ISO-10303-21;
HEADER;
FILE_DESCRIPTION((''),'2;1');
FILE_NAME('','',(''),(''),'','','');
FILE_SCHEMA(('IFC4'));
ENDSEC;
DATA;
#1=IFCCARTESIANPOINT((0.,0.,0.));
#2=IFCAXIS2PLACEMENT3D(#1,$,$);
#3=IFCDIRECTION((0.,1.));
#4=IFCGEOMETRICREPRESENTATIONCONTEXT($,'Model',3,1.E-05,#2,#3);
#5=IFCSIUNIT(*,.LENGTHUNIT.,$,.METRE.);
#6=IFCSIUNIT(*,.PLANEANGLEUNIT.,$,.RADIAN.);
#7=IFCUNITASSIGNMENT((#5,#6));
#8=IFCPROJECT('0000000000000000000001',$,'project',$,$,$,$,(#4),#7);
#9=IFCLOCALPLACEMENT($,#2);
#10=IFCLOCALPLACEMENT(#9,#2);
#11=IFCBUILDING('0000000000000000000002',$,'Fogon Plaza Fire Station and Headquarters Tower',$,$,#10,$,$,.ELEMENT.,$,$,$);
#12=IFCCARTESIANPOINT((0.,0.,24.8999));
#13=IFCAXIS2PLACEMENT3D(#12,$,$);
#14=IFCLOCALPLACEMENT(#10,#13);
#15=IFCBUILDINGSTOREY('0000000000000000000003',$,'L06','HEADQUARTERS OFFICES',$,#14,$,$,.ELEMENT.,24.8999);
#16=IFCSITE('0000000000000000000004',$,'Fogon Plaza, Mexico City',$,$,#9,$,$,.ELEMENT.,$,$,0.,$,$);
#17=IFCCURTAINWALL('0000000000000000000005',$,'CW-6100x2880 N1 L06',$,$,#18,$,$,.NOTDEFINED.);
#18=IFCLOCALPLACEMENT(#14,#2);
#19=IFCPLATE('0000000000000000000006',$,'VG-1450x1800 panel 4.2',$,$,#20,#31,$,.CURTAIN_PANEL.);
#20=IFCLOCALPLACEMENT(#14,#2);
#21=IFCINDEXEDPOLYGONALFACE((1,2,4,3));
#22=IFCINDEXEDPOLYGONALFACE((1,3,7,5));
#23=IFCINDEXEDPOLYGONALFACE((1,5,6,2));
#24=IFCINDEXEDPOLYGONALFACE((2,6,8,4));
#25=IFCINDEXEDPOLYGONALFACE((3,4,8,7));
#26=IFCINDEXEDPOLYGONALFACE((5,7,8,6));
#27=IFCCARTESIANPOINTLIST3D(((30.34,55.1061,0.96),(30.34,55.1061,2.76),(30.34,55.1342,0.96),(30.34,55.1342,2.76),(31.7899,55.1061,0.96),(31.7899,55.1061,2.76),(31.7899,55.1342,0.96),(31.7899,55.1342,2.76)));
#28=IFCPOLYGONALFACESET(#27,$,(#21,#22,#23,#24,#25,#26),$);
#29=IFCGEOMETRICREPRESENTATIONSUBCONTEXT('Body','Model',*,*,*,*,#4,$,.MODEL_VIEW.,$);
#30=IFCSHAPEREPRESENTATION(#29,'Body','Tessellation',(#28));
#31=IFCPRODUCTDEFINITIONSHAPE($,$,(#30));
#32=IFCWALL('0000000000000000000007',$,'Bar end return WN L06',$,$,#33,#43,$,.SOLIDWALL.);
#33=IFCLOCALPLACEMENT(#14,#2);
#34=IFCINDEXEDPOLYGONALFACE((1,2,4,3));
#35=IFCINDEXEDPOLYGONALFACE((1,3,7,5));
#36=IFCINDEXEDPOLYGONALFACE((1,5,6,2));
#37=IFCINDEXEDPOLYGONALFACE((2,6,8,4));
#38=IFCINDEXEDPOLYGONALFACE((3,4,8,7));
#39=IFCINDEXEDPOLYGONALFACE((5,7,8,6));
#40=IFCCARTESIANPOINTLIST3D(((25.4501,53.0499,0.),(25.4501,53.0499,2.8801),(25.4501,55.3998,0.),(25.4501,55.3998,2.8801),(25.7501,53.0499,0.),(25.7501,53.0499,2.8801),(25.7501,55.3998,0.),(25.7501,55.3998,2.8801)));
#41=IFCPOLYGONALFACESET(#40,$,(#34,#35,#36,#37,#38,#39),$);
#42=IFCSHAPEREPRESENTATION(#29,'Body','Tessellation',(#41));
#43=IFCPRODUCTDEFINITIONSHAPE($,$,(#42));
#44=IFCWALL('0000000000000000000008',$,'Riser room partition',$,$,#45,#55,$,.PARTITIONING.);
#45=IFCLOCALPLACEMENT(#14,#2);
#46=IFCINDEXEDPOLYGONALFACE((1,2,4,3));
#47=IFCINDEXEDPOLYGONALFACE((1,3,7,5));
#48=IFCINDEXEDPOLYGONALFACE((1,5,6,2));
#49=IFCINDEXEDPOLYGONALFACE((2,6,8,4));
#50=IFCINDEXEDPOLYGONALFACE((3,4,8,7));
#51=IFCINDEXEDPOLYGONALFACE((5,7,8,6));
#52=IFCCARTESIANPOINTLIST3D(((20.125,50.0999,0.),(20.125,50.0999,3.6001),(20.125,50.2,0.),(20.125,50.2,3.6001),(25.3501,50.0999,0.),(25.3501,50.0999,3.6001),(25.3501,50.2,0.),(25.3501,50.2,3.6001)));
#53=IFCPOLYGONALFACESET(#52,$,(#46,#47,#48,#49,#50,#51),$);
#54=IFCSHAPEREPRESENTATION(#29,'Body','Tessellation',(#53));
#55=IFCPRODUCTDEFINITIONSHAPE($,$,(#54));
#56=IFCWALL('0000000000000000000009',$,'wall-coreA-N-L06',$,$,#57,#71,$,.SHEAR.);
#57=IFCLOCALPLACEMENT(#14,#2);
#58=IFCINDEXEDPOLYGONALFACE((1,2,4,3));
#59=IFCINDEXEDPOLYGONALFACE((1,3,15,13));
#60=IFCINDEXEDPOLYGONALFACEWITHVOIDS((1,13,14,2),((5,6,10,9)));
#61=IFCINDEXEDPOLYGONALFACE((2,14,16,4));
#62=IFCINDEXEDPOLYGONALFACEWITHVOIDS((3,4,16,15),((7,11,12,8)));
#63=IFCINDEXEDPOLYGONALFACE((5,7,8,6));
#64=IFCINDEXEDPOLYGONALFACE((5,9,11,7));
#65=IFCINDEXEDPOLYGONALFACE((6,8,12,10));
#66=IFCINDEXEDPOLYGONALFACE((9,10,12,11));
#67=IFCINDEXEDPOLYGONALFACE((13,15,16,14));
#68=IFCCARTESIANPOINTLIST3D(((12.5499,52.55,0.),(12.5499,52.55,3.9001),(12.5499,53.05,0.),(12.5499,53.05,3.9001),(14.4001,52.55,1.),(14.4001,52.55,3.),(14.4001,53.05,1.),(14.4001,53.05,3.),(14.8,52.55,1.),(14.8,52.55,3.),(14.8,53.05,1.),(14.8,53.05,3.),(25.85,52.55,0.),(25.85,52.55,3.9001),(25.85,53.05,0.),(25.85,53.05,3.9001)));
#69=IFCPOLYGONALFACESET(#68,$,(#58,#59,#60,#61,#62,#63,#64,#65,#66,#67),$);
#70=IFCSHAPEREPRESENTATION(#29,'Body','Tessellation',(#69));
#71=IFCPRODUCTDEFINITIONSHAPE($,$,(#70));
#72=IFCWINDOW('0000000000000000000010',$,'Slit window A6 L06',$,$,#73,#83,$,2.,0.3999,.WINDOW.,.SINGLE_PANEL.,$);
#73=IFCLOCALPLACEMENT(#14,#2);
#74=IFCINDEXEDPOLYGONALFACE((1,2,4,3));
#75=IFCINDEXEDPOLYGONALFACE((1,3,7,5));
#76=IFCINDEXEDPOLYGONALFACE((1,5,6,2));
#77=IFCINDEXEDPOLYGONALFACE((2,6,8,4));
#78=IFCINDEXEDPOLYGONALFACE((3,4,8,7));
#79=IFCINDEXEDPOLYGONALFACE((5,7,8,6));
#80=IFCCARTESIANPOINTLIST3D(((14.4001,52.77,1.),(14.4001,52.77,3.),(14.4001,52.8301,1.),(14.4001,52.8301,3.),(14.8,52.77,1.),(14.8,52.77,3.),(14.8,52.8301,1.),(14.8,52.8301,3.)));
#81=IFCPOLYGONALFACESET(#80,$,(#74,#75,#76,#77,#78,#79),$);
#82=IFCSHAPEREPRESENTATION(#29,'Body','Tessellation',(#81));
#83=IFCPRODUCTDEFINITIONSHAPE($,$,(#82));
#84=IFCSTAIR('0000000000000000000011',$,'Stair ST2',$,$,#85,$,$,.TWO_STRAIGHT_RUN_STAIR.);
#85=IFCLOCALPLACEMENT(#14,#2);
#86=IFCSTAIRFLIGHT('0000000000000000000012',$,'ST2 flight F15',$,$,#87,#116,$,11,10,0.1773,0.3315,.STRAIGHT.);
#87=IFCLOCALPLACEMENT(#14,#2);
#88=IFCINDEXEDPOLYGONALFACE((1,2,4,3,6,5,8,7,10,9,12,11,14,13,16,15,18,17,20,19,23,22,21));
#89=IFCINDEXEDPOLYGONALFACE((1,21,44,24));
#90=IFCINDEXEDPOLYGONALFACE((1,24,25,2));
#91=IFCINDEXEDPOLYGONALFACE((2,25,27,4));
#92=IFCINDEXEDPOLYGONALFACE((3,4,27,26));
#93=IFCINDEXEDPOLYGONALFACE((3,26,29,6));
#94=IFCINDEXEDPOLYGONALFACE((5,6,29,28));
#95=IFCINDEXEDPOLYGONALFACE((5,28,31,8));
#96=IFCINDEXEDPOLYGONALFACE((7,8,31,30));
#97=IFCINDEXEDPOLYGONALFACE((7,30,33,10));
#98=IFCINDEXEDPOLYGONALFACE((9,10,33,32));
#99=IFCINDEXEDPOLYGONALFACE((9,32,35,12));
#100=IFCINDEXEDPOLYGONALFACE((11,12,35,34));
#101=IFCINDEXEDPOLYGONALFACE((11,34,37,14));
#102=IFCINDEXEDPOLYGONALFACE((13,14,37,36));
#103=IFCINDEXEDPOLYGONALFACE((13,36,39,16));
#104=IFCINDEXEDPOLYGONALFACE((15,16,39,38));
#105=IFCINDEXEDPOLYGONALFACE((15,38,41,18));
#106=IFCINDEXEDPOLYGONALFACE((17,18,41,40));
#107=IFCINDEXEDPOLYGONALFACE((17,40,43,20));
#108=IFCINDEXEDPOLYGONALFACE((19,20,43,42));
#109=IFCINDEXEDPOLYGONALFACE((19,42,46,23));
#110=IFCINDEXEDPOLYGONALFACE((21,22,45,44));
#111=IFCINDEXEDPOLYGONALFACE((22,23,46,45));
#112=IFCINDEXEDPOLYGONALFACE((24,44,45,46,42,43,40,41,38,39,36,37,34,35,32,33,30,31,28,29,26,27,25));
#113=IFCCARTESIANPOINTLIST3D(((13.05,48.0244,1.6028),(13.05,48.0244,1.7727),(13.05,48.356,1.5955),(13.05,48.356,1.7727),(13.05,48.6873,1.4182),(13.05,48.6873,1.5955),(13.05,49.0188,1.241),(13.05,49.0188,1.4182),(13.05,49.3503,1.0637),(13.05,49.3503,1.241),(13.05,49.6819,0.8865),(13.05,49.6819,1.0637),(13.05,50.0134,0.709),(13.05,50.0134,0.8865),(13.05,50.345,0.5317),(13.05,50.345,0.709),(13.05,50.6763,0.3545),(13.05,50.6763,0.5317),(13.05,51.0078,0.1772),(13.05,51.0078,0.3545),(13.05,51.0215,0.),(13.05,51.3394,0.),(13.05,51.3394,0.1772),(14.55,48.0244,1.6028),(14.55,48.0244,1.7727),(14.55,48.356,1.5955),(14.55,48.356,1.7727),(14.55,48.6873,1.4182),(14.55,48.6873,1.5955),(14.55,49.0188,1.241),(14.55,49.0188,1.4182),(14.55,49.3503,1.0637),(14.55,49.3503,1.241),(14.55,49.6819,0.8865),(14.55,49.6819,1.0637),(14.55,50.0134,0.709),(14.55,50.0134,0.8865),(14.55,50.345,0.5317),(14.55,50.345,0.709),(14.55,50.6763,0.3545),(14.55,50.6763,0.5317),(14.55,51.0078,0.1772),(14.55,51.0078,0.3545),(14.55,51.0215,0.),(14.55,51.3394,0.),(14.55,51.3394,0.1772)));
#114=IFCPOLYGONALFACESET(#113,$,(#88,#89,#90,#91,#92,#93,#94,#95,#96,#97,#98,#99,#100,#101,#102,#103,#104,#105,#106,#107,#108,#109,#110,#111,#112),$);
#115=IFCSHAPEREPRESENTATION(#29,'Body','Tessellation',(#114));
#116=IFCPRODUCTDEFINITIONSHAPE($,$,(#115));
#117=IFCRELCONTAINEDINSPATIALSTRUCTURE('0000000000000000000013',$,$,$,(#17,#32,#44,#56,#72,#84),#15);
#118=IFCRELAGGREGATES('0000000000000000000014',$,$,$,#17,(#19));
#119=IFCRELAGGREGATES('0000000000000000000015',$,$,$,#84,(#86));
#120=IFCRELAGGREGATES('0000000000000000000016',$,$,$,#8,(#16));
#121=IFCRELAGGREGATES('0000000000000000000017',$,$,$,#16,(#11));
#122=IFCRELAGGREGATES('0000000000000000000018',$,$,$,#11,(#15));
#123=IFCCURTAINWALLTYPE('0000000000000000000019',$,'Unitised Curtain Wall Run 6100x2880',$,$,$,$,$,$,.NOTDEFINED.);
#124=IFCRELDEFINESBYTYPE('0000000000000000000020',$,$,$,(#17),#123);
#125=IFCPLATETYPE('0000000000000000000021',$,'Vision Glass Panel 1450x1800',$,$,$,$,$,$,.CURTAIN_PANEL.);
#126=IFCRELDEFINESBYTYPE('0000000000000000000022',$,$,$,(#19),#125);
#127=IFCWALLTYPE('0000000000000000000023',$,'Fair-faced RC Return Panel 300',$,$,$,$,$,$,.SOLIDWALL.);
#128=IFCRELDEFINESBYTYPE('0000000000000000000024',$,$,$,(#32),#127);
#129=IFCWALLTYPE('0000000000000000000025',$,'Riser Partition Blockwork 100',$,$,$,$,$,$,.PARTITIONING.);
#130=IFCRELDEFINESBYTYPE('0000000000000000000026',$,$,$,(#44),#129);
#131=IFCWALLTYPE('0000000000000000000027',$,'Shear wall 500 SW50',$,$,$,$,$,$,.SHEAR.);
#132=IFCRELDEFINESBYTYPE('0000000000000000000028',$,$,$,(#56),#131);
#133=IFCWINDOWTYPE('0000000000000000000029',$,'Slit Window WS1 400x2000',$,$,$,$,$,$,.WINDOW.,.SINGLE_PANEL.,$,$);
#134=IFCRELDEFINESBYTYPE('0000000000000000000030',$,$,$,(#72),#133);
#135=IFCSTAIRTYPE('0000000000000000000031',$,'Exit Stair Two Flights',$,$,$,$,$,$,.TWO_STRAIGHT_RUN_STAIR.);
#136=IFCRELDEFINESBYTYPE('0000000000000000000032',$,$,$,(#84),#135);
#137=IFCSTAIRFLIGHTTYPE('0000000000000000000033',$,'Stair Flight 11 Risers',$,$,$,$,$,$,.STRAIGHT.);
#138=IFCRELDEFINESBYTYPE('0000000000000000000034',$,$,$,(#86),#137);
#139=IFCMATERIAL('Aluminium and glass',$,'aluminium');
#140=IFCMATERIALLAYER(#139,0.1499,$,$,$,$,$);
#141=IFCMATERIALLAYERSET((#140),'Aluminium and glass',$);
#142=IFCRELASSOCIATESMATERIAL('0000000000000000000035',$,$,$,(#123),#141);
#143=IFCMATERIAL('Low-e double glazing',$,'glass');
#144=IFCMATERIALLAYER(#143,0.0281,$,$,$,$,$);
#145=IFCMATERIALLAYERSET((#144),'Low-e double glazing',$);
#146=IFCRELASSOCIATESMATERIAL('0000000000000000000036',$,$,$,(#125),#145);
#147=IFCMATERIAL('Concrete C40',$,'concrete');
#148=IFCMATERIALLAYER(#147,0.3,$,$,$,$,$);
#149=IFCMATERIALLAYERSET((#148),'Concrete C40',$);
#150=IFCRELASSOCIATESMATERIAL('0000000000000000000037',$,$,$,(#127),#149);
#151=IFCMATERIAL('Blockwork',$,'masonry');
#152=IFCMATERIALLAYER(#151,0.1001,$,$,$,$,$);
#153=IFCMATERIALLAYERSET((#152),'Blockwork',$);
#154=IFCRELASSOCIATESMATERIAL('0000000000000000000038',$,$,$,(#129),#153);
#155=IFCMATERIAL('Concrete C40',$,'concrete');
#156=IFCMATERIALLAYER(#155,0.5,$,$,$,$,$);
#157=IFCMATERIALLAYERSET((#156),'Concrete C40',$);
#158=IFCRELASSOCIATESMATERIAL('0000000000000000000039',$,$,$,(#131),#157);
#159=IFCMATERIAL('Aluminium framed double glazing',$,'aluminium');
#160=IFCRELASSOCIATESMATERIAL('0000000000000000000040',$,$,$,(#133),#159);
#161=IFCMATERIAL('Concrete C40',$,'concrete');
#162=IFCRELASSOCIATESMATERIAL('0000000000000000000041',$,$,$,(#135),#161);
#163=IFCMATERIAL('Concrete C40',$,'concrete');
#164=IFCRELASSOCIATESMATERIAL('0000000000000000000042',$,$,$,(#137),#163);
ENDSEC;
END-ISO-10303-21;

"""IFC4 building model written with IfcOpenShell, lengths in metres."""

from ifc_helpers import new_model, si_unit, direction, frame, frame_2d, origin, origin_2d, place, context, subcontext, project, spatial, polyline, rectangle, outline, extrude, material, layer, layer_set, type_object, element, fill, aggregate, save


model = new_model("IFC4")

# Units and contexts
model_context = context("Model", 3, precision=1e-05, world=origin(), true_north=direction((0.0, 1.0)))
body_context = subcontext(model_context, "Body", "Model", "MODEL_VIEW")
ifc_project = project(units=[si_unit("LENGTHUNIT", "METRE"), si_unit("PLANEANGLEUNIT", "RADIAN")], contexts=[model_context])

# Site, building, storey
site_placement = place(None, origin())
site = spatial("IfcSite", under=ifc_project, at=site_placement, Name="Fogon Plaza, Mexico City", CompositionType="ELEMENT", RefElevation=0.0)
building_placement = place(site_placement, origin())
building = spatial("IfcBuilding", under=site, at=building_placement, Name="Fogon Plaza Fire Station and Headquarters Tower", CompositionType="ELEMENT")
storey_placement = place(building_placement, frame((0.0, 0.0, 24.8999)))
storey = spatial("IfcBuildingStorey", under=building, at=storey_placement, Name="L06", Description="HEADQUARTERS OFFICES", CompositionType="ELEMENT", Elevation=24.8999)

# Curtain wall
ifc_material_1 = material(Name="Aluminium and glass", Category="aluminium")
ifc_layer_1 = layer(ifc_material_1, 0.1499)
ifc_layer_set_1 = layer_set([ifc_layer_1], Name="Aluminium and glass")
curtain_wall_type = type_object("IfcCurtainWallType", Name="Unitised Curtain Wall Run 6100x2880", PredefinedType="NOTDEFINED", material=ifc_layer_set_1)
curtain_wall_placement = place(storey_placement, origin())
curtain_wall = element("IfcCurtainWall", 1, at=curtain_wall_placement, inside=storey, type_object=curtain_wall_type, Name="CW-6100x2880 N1 L06", PredefinedType="NOTDEFINED")

# Plate
ifc_material_2 = material(Name="Low-e double glazing", Category="glass")
ifc_layer_2 = layer(ifc_material_2, 0.0281)
ifc_layer_set_2 = layer_set([ifc_layer_2], Name="Low-e double glazing")
plate_type_1 = type_object("IfcPlateType", Name="Vision Glass Panel 1450x1800", PredefinedType="CURTAIN_PANEL", material=ifc_layer_set_2)
plate_1_placement = place(storey_placement, frame((31.0649, 55.1201, 0.96), z_axis=(0.0, 0.0, 1.0), x_axis=(1.0, 0.0, 0.0)))
plate_1 = element("IfcPlate", 2, at=plate_1_placement, type_object=plate_type_1, Name="VG-1450x1800 panel 4.2", PredefinedType="CURTAIN_PANEL", context=body_context, shape_type="SweptSolid", body=[
    extrude(rectangle(XDim=1.45, YDim=0.0281, at=origin_2d()), origin(), (0.0, 0.0, 1.0), 1.8),
])
aggregate(curtain_wall, [plate_1])

# Walls
ifc_material_3 = material(Name="Concrete C40", Category="concrete")
ifc_layer_3 = layer(ifc_material_3, 0.3)
ifc_layer_set_3 = layer_set([ifc_layer_3], Name="Concrete C40")
wall_type_1 = type_object("IfcWallType", Name="Fair-faced RC Return Panel 300", PredefinedType="SOLIDWALL", material=ifc_layer_set_3)
wall_1_placement = place(storey_placement, frame((25.6001, 53.05, 0.0), z_axis=(0.0, 0.0, 1.0), x_axis=(0.0, 1.0, 0.0)))
element("IfcWall", 3, at=wall_1_placement, inside=storey, type_object=wall_type_1, Name="Bar end return WN L06", PredefinedType="SOLIDWALL", context=body_context, shape_type="SweptSolid", body=[
    extrude(rectangle(XDim=2.3499, YDim=0.3, at=frame_2d((1.1748, 0.0))), origin(), (0.0, 0.0, 1.0), 2.8801),
])
ifc_material_4 = material(Name="Blockwork", Category="masonry")
ifc_layer_4 = layer(ifc_material_4, 0.1001)
ifc_layer_set_4 = layer_set([ifc_layer_4], Name="Blockwork")
wall_type_2 = type_object("IfcWallType", Name="Riser Partition Blockwork 100", PredefinedType="PARTITIONING", material=ifc_layer_set_4)
wall_2_placement = place(storey_placement, frame((20.125, 50.1499, 0.0), z_axis=(0.0, 0.0, 1.0), x_axis=(1.0, 0.0, 0.0)))
element("IfcWall", 4, at=wall_2_placement, inside=storey, type_object=wall_type_2, Name="Riser room partition", PredefinedType="PARTITIONING", context=body_context, shape_type="SweptSolid", body=[
    extrude(rectangle(XDim=5.2251, YDim=0.1001, at=frame_2d((2.6125, 0.0))), origin(), (0.0, 0.0, 1.0), 3.6001),
])

# Wall, opening, window
ifc_material_5 = material(Name="Concrete C40", Category="concrete")
ifc_layer_5 = layer(ifc_material_5, 0.5)
ifc_layer_set_5 = layer_set([ifc_layer_5], Name="Concrete C40")
wall_type_3 = type_object("IfcWallType", Name="Shear wall 500 SW50", PredefinedType="SHEAR", material=ifc_layer_set_5)
wall_3_placement = place(storey_placement, frame((12.55, 52.8, 0.0), z_axis=(0.0, 0.0, 1.0), x_axis=(1.0, 0.0, 0.0)))
wall_3 = element("IfcWall", 5, at=wall_3_placement, inside=storey, type_object=wall_type_3, Name="wall-coreA-N-L06", PredefinedType="SHEAR", context=body_context, shape_type="SweptSolid", body=[
    extrude(rectangle(XDim=13.3, YDim=0.5, at=frame_2d((6.6499, 0.0))), origin(), (0.0, 0.0, 1.0), 3.9001),
])
opening_placement = place(wall_3_placement, frame((1.8501, 0.0, 1.0)))
opening = element("IfcOpeningElement", 6, at=opening_placement, cuts=wall_3, PredefinedType="OPENING", context=body_context, shape_type="SweptSolid", body=[
    extrude(rectangle(XDim=0.3999, YDim=2.0, at=frame_2d((0.2, 1.0))), frame((0.0, 0.26, 0.0), z_axis=(0.0, -1.0, 0.0), x_axis=(1.0, 0.0, 0.0)), (0.0, 0.0, 1.0), 0.52),
])
ifc_material_6 = material(Name="Aluminium framed double glazing", Category="aluminium")
window_type = type_object("IfcWindowType", Name="Slit Window WS1 400x2000", PartitioningType="SINGLE_PANEL", PredefinedType="WINDOW", material=ifc_material_6)
window_placement = place(opening_placement, origin())
window = element("IfcWindow", 7, at=window_placement, inside=storey, type_object=window_type, Name="Slit window A6 L06", OverallHeight=2.0, OverallWidth=0.3999, PartitioningType="SINGLE_PANEL", PredefinedType="WINDOW", context=body_context, shape_type="SweptSolid", body=[
    extrude(rectangle(XDim=0.3999, YDim=2.0, at=frame_2d((0.2, 1.0))), frame((0.0, 0.03, 0.0), z_axis=(0.0, -1.0, 0.0), x_axis=(1.0, 0.0, 0.0)), (0.0, 0.0, 1.0), 0.0601),
])
fill(opening, window)

# Stair, stair flight
ifc_material_7 = material(Name="Concrete C40", Category="concrete")
stair_type = type_object("IfcStairType", Name="Exit Stair Two Flights", PredefinedType="TWO_STRAIGHT_RUN_STAIR", material=ifc_material_7)
stair_placement = place(storey_placement, origin())
stair = element("IfcStair", 8, at=stair_placement, inside=storey, type_object=stair_type, Name="Stair ST2", PredefinedType="TWO_STRAIGHT_RUN_STAIR")
ifc_material_8 = material(Name="Concrete C40", Category="concrete")
stair_flight_type = type_object("IfcStairFlightType", Name="Stair Flight 11 Risers", PredefinedType="STRAIGHT", material=ifc_material_8)
stair_flight_placement = place(storey_placement, frame((13.8, 51.3394, 0.0), z_axis=(0.0, 0.0, 1.0), x_axis=(0.0, -1.0, 0.0)))
stair_flight = element("IfcStairFlight", 9, at=stair_flight_placement, type_object=stair_flight_type, Name="ST2 flight F15", NumberOfRisers=11, NumberOfTreads=10, PredefinedType="STRAIGHT", RiserHeight=0.1773, TreadLength=0.3315, context=body_context, shape_type="SweptSolid", body=[
    extrude(outline(polyline([(0.0, 0.0), (0.0, 0.1772), (0.3315, 0.1772), (0.3315, 0.3545), (0.6631, 0.3545), (0.6631, 0.5317), (0.9944, 0.5317), (0.9944, 0.709), (1.3259, 0.709), (1.3259, 0.8865), (1.6575, 0.8865), (1.6575, 1.0637), (1.989, 1.0637), (1.989, 1.241), (2.3206, 1.241), (2.3206, 1.4182), (2.6521, 1.4182), (2.6521, 1.5955), (2.9834, 1.5955), (2.9834, 1.7727), (3.3149, 1.7727), (3.3149, 1.95), (3.3149, 1.6028), (0.3179, 0.0), (0.0, 0.0)])), frame((0.0, 0.75, 0.0), z_axis=(0.0, -1.0, 0.0), x_axis=(1.0, 0.0, 0.0)), (0.0, 0.0, 1.0), 1.5),
])
aggregate(stair, [stair_flight])

save(model, "model.ifc")
